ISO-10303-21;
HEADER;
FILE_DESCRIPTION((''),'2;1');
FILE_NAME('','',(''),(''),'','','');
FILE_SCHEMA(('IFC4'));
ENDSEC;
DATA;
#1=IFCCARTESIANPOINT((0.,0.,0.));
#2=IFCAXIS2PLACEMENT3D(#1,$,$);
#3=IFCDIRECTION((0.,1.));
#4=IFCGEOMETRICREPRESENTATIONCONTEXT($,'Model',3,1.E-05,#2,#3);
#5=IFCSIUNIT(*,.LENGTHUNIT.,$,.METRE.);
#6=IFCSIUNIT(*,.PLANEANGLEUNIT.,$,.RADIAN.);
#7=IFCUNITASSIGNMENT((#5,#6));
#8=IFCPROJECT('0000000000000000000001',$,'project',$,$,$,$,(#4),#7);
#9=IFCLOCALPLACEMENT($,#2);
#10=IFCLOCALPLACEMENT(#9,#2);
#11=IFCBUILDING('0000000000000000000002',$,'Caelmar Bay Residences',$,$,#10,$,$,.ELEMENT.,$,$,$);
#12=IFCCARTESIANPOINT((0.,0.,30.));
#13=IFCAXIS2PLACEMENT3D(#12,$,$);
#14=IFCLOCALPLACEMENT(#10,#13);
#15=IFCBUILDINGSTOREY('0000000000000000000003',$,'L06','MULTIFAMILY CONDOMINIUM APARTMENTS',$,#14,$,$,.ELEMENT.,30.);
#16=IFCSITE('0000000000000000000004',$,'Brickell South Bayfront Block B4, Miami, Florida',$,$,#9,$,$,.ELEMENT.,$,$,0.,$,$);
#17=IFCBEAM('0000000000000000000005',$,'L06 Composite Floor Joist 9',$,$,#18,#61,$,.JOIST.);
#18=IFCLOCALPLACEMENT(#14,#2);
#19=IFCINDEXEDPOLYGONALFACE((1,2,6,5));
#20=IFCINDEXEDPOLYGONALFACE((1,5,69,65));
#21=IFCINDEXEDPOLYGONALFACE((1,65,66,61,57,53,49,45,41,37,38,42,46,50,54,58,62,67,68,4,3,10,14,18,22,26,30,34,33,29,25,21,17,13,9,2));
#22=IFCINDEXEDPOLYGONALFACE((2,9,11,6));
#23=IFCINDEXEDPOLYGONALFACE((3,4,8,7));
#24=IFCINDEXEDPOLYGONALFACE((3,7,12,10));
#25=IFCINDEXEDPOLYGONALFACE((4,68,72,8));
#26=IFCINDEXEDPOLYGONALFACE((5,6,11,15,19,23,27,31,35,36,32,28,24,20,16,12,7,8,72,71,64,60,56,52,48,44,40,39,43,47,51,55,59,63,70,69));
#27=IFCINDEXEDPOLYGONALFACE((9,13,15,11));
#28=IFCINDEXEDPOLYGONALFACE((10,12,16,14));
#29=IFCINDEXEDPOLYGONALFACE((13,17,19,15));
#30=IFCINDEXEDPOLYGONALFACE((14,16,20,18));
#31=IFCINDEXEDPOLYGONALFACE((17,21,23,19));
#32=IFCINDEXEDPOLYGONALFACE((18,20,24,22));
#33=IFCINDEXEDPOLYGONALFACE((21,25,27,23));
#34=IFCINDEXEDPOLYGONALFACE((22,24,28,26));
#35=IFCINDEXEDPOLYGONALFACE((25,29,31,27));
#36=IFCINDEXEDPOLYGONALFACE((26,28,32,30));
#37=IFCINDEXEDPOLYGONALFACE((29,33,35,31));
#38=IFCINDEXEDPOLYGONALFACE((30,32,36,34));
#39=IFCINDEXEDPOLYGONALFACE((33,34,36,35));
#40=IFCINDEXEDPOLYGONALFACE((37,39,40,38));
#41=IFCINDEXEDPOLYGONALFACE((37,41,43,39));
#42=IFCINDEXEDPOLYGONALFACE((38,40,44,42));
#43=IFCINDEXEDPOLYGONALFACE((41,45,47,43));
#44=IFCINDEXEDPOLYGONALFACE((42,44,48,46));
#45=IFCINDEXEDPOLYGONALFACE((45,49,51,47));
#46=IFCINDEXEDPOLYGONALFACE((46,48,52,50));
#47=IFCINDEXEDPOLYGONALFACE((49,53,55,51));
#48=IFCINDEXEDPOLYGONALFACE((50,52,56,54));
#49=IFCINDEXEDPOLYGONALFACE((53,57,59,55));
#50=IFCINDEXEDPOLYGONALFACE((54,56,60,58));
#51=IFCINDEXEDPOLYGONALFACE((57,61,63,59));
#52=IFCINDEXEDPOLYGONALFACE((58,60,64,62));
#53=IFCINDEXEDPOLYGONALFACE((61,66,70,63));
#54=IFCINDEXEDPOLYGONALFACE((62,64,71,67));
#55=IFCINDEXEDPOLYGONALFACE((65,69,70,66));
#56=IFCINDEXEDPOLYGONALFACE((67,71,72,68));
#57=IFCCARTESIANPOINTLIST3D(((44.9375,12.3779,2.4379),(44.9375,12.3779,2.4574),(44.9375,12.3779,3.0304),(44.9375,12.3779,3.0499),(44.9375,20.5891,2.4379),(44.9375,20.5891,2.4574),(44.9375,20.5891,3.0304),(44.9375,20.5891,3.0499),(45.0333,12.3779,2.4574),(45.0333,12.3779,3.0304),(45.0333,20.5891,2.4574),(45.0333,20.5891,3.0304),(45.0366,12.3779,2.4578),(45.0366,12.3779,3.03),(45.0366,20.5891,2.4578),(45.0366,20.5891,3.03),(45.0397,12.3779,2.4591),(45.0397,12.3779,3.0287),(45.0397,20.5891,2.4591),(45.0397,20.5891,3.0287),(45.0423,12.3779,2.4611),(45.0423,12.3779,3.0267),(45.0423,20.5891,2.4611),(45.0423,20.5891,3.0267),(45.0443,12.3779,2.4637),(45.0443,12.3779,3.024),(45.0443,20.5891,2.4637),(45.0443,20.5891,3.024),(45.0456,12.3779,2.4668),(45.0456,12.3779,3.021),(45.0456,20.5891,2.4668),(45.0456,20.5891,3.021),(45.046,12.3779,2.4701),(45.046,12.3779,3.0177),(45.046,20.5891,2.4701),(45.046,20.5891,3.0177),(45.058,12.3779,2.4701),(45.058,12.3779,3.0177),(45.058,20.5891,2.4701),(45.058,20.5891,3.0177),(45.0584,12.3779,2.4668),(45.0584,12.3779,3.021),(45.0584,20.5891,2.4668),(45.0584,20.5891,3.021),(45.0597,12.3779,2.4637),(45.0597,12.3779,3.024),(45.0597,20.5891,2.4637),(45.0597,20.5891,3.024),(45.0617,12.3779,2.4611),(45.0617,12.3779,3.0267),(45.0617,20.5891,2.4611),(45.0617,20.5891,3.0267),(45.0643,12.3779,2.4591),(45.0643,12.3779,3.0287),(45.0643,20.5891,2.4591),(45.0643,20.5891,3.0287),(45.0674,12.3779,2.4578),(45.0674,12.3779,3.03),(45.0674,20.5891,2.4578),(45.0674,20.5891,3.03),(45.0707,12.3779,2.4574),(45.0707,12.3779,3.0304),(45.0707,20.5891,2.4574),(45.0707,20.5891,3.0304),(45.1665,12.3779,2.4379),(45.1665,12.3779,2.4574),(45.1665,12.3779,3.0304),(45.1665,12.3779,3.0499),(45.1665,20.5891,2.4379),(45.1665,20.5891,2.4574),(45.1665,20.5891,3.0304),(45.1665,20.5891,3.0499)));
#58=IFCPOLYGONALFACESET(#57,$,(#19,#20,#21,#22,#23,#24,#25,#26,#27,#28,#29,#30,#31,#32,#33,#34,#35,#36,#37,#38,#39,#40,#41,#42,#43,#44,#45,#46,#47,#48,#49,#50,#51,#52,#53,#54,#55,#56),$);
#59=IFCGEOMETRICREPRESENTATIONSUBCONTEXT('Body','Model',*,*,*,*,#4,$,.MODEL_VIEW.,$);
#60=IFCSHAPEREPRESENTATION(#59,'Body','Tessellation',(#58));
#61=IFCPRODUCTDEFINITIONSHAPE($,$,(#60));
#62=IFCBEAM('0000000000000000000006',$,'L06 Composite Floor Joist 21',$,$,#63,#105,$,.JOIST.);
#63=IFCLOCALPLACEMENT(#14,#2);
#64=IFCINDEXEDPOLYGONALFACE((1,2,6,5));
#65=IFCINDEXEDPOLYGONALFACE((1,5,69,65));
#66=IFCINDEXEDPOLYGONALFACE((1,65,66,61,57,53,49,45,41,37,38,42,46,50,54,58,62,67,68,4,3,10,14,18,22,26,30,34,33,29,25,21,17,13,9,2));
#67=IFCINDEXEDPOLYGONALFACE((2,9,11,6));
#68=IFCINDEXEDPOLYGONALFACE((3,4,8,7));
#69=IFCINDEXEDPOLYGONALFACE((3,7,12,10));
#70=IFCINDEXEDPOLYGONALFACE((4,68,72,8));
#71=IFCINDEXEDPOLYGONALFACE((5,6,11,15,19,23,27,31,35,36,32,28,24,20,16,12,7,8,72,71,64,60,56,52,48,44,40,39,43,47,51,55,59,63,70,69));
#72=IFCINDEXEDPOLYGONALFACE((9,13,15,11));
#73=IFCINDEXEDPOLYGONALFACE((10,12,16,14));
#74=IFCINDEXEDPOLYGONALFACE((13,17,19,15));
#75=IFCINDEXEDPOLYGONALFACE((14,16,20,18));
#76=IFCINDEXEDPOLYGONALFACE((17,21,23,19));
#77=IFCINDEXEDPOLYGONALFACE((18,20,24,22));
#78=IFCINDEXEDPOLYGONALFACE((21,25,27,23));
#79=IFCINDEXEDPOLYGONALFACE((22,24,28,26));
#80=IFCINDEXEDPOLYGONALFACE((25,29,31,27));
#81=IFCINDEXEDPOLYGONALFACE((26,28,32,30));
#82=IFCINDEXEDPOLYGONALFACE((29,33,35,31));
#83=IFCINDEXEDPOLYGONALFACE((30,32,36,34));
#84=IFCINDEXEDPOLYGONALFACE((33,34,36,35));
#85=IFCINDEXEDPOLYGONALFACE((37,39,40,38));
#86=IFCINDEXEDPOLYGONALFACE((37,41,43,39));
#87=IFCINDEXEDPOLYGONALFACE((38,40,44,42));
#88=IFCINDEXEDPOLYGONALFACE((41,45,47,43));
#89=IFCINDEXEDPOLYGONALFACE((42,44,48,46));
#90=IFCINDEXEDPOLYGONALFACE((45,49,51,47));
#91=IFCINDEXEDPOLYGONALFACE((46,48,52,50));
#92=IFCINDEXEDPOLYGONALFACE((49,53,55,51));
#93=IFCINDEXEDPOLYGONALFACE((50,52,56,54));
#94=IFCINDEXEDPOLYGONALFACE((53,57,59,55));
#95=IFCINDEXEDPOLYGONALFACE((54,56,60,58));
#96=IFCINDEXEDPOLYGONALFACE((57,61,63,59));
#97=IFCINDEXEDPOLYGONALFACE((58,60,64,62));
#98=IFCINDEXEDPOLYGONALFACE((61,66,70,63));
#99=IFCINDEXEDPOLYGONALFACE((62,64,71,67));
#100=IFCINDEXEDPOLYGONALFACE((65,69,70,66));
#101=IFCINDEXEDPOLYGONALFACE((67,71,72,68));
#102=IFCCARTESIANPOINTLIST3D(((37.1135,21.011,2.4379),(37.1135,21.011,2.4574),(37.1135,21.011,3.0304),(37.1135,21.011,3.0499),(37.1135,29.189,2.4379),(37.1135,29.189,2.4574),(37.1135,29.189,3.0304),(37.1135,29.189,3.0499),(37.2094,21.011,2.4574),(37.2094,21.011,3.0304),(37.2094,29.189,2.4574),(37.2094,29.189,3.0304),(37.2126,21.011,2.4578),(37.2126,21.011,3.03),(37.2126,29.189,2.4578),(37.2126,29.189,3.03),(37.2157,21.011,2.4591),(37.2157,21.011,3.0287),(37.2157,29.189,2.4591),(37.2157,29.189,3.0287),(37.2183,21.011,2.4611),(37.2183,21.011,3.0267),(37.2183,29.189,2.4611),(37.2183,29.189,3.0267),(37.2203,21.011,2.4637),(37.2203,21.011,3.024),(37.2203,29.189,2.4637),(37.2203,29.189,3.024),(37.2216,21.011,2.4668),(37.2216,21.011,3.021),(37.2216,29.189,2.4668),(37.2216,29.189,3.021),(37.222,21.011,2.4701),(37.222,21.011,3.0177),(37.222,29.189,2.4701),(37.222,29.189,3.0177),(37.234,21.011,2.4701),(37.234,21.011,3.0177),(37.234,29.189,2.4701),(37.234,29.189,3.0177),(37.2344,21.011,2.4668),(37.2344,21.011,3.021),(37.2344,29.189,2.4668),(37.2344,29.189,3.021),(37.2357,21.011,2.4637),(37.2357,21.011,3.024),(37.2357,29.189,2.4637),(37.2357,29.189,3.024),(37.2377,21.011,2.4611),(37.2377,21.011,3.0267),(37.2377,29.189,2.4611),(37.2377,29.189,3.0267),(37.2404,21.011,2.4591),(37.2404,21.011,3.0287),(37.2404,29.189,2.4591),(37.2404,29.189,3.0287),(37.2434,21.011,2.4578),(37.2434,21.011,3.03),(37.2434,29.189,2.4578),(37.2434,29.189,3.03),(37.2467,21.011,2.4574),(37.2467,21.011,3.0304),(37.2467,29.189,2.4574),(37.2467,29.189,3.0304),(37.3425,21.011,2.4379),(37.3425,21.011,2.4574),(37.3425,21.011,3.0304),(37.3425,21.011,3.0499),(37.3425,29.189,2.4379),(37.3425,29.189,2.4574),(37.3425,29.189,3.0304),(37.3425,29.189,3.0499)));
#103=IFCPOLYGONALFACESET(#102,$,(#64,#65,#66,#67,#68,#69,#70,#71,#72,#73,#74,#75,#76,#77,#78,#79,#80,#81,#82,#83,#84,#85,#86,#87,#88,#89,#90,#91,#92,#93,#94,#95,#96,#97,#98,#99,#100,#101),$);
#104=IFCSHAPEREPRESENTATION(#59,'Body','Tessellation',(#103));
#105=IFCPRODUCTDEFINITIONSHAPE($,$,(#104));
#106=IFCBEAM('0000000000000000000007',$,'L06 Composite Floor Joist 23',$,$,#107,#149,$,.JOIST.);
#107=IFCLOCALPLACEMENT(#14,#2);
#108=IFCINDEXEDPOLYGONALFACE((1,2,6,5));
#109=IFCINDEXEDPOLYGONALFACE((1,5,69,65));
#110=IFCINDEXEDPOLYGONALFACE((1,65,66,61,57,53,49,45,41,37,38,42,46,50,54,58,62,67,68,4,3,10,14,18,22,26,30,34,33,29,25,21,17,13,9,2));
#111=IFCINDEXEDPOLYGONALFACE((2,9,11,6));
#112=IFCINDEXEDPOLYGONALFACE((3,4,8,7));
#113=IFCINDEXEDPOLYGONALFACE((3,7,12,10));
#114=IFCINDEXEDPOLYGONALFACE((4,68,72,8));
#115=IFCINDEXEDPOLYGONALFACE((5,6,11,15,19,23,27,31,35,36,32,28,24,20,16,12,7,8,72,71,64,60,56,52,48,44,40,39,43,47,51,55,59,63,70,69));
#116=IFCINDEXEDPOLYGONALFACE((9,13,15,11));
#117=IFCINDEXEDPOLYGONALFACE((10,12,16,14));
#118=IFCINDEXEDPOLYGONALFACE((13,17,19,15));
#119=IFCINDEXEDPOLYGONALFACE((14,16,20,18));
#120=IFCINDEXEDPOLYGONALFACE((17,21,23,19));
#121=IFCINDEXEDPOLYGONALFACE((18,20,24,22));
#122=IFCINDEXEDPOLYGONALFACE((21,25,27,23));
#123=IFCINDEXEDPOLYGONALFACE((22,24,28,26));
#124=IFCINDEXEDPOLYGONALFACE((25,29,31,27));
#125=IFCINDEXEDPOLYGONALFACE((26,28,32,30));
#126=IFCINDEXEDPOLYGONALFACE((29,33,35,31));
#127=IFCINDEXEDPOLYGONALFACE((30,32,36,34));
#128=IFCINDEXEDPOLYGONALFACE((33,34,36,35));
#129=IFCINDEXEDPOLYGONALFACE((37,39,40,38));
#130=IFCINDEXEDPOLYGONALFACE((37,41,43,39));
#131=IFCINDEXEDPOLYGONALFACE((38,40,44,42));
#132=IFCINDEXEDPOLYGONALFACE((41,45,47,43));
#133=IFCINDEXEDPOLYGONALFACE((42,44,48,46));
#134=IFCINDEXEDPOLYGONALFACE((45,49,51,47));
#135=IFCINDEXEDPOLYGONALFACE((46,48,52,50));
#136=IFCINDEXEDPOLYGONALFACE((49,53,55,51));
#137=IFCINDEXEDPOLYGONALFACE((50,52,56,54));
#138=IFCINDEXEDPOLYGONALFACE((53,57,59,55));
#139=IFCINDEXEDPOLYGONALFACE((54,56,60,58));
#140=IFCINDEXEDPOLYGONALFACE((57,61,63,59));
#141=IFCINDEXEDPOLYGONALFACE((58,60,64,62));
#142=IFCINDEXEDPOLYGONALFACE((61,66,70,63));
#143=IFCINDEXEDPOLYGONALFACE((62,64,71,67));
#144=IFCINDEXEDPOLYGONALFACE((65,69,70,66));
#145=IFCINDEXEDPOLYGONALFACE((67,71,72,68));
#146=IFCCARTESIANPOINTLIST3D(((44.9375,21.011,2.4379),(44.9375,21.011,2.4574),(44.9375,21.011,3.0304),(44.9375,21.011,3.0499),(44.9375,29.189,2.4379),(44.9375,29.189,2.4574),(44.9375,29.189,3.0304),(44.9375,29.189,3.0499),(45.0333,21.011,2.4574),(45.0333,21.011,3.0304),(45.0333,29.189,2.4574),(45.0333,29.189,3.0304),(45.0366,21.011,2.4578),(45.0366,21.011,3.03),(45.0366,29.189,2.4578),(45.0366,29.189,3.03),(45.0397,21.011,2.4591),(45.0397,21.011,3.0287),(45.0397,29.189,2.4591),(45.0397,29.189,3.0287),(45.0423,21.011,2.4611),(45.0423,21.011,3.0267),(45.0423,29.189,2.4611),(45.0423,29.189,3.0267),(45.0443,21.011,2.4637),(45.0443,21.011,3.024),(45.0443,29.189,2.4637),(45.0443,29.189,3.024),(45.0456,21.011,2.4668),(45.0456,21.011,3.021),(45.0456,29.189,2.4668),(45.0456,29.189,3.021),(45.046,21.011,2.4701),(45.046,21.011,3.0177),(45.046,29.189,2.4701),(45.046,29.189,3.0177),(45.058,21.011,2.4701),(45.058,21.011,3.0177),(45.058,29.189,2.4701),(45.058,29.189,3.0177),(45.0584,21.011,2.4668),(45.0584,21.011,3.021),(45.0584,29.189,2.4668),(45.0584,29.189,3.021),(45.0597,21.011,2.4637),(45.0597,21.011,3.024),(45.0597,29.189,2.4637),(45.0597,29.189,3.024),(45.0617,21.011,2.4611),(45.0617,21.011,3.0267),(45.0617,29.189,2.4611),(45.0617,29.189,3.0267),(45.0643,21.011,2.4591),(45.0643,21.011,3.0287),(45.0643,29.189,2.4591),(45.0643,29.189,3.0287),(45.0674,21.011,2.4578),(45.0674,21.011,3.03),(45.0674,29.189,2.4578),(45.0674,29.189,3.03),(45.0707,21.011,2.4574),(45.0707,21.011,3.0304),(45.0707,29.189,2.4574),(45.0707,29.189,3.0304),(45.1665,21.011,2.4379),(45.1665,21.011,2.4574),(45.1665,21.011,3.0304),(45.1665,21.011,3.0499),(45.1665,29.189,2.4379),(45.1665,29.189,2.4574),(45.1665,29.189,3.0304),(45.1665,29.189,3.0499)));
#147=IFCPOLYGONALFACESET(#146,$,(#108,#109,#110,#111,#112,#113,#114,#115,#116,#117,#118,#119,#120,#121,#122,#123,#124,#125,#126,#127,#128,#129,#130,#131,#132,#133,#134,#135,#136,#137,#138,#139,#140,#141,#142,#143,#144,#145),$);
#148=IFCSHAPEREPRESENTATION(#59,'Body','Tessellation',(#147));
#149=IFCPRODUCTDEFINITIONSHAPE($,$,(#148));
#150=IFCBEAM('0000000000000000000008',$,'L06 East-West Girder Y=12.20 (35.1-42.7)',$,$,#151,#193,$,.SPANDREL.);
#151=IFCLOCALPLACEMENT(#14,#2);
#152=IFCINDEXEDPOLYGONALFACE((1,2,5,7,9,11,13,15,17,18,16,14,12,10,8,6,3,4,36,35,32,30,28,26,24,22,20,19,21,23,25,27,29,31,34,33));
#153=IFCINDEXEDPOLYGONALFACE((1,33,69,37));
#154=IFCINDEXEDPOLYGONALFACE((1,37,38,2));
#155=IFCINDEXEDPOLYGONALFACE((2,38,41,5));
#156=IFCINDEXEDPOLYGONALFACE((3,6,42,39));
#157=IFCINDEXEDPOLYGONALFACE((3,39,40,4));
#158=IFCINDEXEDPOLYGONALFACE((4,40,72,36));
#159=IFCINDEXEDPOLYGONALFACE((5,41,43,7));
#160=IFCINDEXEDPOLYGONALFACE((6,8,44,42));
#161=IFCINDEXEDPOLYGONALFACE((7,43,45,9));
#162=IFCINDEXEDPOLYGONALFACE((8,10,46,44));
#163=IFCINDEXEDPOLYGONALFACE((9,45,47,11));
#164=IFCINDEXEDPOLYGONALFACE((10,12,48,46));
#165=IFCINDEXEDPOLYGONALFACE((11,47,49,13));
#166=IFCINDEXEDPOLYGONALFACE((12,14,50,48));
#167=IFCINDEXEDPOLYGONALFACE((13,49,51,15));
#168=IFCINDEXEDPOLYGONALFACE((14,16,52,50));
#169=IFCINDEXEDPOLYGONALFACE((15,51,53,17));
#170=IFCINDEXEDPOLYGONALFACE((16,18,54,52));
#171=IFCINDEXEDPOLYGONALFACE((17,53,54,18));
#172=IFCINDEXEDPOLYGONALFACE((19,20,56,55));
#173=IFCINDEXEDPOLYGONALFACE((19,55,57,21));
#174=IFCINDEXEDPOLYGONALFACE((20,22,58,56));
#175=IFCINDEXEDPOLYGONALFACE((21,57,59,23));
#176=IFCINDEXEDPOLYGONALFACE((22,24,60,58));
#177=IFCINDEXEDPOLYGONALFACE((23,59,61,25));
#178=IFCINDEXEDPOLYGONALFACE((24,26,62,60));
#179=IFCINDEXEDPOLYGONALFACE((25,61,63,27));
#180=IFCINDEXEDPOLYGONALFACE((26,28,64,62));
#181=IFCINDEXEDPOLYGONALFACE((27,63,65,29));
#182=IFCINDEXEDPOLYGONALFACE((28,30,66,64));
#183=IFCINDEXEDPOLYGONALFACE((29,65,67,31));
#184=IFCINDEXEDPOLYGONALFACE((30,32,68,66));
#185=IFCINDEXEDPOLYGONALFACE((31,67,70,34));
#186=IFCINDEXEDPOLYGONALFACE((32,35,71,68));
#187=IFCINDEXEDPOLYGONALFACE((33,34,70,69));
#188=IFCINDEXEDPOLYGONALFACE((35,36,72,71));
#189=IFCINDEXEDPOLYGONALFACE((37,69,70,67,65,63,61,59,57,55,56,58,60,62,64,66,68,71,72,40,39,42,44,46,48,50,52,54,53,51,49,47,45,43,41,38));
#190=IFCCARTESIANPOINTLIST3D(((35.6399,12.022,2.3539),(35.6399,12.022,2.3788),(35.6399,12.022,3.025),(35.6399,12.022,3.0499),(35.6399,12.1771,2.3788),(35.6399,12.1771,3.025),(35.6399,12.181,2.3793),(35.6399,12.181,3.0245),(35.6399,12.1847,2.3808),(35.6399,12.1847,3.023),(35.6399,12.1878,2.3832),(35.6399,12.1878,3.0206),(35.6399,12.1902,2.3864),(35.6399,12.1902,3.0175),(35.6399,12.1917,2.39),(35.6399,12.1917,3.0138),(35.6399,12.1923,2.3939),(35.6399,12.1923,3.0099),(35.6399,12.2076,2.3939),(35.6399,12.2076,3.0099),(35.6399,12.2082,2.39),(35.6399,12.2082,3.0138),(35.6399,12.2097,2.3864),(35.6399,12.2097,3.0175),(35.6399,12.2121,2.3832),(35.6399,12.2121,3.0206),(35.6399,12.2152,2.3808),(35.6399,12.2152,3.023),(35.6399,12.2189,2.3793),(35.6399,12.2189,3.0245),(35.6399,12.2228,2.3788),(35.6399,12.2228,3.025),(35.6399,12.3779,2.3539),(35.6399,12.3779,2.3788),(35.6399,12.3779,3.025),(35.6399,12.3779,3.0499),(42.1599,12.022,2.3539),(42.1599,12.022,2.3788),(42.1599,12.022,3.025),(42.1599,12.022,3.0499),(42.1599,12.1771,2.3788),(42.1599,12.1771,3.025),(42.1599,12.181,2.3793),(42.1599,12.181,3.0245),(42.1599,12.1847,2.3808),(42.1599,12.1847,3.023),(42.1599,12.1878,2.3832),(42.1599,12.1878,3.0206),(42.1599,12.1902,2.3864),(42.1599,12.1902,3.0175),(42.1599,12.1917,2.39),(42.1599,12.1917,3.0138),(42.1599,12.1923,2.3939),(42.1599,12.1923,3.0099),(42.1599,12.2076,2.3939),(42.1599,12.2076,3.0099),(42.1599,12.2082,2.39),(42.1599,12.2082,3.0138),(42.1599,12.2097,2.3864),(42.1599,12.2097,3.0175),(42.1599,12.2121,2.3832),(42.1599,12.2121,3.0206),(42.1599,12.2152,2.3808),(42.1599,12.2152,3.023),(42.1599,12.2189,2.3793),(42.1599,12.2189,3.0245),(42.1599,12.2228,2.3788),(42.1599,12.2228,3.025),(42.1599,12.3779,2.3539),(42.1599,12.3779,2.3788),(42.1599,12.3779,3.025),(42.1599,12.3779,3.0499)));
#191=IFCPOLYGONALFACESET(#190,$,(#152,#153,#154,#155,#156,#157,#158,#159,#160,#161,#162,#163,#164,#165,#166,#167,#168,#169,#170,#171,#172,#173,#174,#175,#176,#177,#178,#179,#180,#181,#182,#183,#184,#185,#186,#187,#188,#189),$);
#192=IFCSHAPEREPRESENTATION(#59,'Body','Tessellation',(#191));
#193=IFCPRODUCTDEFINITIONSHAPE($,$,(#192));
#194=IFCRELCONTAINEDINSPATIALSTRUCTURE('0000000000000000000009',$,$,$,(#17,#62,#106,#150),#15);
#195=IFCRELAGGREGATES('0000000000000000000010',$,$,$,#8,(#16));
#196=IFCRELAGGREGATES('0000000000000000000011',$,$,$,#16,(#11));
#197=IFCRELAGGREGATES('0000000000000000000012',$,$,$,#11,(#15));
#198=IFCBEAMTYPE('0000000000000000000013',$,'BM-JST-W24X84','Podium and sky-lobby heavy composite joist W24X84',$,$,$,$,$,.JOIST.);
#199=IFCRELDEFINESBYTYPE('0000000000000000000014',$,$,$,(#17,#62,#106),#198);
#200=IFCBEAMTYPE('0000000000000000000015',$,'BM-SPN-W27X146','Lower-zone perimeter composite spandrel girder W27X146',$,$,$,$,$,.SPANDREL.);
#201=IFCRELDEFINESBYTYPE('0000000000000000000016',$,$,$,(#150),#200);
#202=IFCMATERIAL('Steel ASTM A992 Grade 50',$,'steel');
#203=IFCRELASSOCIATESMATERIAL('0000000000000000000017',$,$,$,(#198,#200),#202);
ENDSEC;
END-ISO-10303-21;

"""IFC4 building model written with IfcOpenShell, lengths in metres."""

from ifc_helpers import new_model, si_unit, direction, frame, origin, origin_2d, place, context, subcontext, project, spatial, i_section, extrude, material, material_profile, profile_set, type_object, element, save


model = new_model("IFC4")

# Units and contexts
model_context = context("Model", 3, precision=1e-05, world=origin(), true_north=direction((0.0, 1.0)))
body_context = subcontext(model_context, "Body", "Model", "MODEL_VIEW")
ifc_project = project(units=[si_unit("LENGTHUNIT", "METRE"), si_unit("PLANEANGLEUNIT", "RADIAN")], contexts=[model_context])

# Site, building, storey
site_placement = place(None, origin())
site = spatial("IfcSite", under=ifc_project, at=site_placement, Name="Brickell South Bayfront Block B4, Miami, Florida", CompositionType="ELEMENT", RefElevation=0.0)
building_placement = place(site_placement, origin())
building = spatial("IfcBuilding", under=site, at=building_placement, Name="Caelmar Bay Residences", CompositionType="ELEMENT")
storey_placement = place(building_placement, frame((0.0, 0.0, 30.0)))
storey = spatial("IfcBuildingStorey", under=building, at=storey_placement, Name="L06", Description="MULTIFAMILY CONDOMINIUM APARTMENTS", CompositionType="ELEMENT", Elevation=30.0)

# Beams
ifc_material_1 = material(Name="Steel ASTM A992 Grade 50", Category="steel")
ifc_material_profile_1 = material_profile(ifc_material_1, i_section(OverallWidth=0.229, OverallDepth=0.6121, WebThickness=0.012, FlangeThickness=0.0195, FilletRadius=0.0127, at=origin_2d()), Name="W24X84")
ifc_profile_set_1 = profile_set([ifc_material_profile_1], Name="Steel ASTM A992 Grade 50")
beam_type_1 = type_object("IfcBeamType", Name="BM-JST-W24X84", Description="Podium and sky-lobby heavy composite joist W24X84", PredefinedType="JOIST", material=ifc_profile_set_1)
for number, where, z_axis, x_axis, name in (
    (1, (45.052, 12.3779, 2.7439), (0.0, 1.0, 0.0), (-1.0, 0.0, 0.0), "L06 Composite Floor Joist 9"),
):
    element("IfcBeam", number, at=place(storey_placement, frame(where, z_axis=z_axis, x_axis=x_axis)), inside=storey, type_object=beam_type_1, Name=name, PredefinedType="JOIST", context=body_context, shape_type="SweptSolid", body=[
        extrude(i_section(OverallWidth=0.229, OverallDepth=0.6121, WebThickness=0.012, FlangeThickness=0.0195, FilletRadius=0.0127, at=origin_2d()), origin(), (0.0, 0.0, 1.0), 8.2112),
    ])
for number, where, z_axis, x_axis, name in (
    (2, (37.228, 21.011, 2.7439), (0.0, 1.0, 0.0), (-1.0, 0.0, 0.0), "L06 Composite Floor Joist 21"),
    (3, (45.052, 21.011, 2.7439), (0.0, 1.0, 0.0), (-1.0, 0.0, 0.0), "L06 Composite Floor Joist 23"),
):
    element("IfcBeam", number, at=place(storey_placement, frame(where, z_axis=z_axis, x_axis=x_axis)), inside=storey, type_object=beam_type_1, Name=name, PredefinedType="JOIST", context=body_context, shape_type="SweptSolid", body=[
        extrude(i_section(OverallWidth=0.229, OverallDepth=0.6121, WebThickness=0.012, FlangeThickness=0.0195, FilletRadius=0.0127, at=origin_2d()), origin(), (0.0, 0.0, 1.0), 8.178),
    ])
ifc_material_profile_2 = material_profile(ifc_material_1, i_section(OverallWidth=0.356, OverallDepth=0.696, WebThickness=0.0154, FlangeThickness=0.0249, FilletRadius=0.0151, at=origin_2d()), Name="W27X146")
ifc_profile_set_2 = profile_set([ifc_material_profile_2], Name="Steel ASTM A992 Grade 50")
beam_type_2 = type_object("IfcBeamType", Name="BM-SPN-W27X146", Description="Lower-zone perimeter composite spandrel girder W27X146", PredefinedType="SPANDREL", material=ifc_profile_set_2)
beam_1_placement = place(storey_placement, frame((35.6399, 12.2, 2.7019), z_axis=(1.0, 0.0, 0.0), x_axis=(0.0, 1.0, 0.0)))
element("IfcBeam", 4, at=beam_1_placement, inside=storey, type_object=beam_type_2, Name="L06 East-West Girder Y=12.20 (35.1-42.7)", PredefinedType="SPANDREL", context=body_context, shape_type="SweptSolid", body=[
    extrude(i_section(OverallWidth=0.356, OverallDepth=0.696, WebThickness=0.0154, FlangeThickness=0.0249, FilletRadius=0.0151, at=origin_2d()), origin(), (0.0, 0.0, 1.0), 6.52),
])

save(model, "model.ifc")
